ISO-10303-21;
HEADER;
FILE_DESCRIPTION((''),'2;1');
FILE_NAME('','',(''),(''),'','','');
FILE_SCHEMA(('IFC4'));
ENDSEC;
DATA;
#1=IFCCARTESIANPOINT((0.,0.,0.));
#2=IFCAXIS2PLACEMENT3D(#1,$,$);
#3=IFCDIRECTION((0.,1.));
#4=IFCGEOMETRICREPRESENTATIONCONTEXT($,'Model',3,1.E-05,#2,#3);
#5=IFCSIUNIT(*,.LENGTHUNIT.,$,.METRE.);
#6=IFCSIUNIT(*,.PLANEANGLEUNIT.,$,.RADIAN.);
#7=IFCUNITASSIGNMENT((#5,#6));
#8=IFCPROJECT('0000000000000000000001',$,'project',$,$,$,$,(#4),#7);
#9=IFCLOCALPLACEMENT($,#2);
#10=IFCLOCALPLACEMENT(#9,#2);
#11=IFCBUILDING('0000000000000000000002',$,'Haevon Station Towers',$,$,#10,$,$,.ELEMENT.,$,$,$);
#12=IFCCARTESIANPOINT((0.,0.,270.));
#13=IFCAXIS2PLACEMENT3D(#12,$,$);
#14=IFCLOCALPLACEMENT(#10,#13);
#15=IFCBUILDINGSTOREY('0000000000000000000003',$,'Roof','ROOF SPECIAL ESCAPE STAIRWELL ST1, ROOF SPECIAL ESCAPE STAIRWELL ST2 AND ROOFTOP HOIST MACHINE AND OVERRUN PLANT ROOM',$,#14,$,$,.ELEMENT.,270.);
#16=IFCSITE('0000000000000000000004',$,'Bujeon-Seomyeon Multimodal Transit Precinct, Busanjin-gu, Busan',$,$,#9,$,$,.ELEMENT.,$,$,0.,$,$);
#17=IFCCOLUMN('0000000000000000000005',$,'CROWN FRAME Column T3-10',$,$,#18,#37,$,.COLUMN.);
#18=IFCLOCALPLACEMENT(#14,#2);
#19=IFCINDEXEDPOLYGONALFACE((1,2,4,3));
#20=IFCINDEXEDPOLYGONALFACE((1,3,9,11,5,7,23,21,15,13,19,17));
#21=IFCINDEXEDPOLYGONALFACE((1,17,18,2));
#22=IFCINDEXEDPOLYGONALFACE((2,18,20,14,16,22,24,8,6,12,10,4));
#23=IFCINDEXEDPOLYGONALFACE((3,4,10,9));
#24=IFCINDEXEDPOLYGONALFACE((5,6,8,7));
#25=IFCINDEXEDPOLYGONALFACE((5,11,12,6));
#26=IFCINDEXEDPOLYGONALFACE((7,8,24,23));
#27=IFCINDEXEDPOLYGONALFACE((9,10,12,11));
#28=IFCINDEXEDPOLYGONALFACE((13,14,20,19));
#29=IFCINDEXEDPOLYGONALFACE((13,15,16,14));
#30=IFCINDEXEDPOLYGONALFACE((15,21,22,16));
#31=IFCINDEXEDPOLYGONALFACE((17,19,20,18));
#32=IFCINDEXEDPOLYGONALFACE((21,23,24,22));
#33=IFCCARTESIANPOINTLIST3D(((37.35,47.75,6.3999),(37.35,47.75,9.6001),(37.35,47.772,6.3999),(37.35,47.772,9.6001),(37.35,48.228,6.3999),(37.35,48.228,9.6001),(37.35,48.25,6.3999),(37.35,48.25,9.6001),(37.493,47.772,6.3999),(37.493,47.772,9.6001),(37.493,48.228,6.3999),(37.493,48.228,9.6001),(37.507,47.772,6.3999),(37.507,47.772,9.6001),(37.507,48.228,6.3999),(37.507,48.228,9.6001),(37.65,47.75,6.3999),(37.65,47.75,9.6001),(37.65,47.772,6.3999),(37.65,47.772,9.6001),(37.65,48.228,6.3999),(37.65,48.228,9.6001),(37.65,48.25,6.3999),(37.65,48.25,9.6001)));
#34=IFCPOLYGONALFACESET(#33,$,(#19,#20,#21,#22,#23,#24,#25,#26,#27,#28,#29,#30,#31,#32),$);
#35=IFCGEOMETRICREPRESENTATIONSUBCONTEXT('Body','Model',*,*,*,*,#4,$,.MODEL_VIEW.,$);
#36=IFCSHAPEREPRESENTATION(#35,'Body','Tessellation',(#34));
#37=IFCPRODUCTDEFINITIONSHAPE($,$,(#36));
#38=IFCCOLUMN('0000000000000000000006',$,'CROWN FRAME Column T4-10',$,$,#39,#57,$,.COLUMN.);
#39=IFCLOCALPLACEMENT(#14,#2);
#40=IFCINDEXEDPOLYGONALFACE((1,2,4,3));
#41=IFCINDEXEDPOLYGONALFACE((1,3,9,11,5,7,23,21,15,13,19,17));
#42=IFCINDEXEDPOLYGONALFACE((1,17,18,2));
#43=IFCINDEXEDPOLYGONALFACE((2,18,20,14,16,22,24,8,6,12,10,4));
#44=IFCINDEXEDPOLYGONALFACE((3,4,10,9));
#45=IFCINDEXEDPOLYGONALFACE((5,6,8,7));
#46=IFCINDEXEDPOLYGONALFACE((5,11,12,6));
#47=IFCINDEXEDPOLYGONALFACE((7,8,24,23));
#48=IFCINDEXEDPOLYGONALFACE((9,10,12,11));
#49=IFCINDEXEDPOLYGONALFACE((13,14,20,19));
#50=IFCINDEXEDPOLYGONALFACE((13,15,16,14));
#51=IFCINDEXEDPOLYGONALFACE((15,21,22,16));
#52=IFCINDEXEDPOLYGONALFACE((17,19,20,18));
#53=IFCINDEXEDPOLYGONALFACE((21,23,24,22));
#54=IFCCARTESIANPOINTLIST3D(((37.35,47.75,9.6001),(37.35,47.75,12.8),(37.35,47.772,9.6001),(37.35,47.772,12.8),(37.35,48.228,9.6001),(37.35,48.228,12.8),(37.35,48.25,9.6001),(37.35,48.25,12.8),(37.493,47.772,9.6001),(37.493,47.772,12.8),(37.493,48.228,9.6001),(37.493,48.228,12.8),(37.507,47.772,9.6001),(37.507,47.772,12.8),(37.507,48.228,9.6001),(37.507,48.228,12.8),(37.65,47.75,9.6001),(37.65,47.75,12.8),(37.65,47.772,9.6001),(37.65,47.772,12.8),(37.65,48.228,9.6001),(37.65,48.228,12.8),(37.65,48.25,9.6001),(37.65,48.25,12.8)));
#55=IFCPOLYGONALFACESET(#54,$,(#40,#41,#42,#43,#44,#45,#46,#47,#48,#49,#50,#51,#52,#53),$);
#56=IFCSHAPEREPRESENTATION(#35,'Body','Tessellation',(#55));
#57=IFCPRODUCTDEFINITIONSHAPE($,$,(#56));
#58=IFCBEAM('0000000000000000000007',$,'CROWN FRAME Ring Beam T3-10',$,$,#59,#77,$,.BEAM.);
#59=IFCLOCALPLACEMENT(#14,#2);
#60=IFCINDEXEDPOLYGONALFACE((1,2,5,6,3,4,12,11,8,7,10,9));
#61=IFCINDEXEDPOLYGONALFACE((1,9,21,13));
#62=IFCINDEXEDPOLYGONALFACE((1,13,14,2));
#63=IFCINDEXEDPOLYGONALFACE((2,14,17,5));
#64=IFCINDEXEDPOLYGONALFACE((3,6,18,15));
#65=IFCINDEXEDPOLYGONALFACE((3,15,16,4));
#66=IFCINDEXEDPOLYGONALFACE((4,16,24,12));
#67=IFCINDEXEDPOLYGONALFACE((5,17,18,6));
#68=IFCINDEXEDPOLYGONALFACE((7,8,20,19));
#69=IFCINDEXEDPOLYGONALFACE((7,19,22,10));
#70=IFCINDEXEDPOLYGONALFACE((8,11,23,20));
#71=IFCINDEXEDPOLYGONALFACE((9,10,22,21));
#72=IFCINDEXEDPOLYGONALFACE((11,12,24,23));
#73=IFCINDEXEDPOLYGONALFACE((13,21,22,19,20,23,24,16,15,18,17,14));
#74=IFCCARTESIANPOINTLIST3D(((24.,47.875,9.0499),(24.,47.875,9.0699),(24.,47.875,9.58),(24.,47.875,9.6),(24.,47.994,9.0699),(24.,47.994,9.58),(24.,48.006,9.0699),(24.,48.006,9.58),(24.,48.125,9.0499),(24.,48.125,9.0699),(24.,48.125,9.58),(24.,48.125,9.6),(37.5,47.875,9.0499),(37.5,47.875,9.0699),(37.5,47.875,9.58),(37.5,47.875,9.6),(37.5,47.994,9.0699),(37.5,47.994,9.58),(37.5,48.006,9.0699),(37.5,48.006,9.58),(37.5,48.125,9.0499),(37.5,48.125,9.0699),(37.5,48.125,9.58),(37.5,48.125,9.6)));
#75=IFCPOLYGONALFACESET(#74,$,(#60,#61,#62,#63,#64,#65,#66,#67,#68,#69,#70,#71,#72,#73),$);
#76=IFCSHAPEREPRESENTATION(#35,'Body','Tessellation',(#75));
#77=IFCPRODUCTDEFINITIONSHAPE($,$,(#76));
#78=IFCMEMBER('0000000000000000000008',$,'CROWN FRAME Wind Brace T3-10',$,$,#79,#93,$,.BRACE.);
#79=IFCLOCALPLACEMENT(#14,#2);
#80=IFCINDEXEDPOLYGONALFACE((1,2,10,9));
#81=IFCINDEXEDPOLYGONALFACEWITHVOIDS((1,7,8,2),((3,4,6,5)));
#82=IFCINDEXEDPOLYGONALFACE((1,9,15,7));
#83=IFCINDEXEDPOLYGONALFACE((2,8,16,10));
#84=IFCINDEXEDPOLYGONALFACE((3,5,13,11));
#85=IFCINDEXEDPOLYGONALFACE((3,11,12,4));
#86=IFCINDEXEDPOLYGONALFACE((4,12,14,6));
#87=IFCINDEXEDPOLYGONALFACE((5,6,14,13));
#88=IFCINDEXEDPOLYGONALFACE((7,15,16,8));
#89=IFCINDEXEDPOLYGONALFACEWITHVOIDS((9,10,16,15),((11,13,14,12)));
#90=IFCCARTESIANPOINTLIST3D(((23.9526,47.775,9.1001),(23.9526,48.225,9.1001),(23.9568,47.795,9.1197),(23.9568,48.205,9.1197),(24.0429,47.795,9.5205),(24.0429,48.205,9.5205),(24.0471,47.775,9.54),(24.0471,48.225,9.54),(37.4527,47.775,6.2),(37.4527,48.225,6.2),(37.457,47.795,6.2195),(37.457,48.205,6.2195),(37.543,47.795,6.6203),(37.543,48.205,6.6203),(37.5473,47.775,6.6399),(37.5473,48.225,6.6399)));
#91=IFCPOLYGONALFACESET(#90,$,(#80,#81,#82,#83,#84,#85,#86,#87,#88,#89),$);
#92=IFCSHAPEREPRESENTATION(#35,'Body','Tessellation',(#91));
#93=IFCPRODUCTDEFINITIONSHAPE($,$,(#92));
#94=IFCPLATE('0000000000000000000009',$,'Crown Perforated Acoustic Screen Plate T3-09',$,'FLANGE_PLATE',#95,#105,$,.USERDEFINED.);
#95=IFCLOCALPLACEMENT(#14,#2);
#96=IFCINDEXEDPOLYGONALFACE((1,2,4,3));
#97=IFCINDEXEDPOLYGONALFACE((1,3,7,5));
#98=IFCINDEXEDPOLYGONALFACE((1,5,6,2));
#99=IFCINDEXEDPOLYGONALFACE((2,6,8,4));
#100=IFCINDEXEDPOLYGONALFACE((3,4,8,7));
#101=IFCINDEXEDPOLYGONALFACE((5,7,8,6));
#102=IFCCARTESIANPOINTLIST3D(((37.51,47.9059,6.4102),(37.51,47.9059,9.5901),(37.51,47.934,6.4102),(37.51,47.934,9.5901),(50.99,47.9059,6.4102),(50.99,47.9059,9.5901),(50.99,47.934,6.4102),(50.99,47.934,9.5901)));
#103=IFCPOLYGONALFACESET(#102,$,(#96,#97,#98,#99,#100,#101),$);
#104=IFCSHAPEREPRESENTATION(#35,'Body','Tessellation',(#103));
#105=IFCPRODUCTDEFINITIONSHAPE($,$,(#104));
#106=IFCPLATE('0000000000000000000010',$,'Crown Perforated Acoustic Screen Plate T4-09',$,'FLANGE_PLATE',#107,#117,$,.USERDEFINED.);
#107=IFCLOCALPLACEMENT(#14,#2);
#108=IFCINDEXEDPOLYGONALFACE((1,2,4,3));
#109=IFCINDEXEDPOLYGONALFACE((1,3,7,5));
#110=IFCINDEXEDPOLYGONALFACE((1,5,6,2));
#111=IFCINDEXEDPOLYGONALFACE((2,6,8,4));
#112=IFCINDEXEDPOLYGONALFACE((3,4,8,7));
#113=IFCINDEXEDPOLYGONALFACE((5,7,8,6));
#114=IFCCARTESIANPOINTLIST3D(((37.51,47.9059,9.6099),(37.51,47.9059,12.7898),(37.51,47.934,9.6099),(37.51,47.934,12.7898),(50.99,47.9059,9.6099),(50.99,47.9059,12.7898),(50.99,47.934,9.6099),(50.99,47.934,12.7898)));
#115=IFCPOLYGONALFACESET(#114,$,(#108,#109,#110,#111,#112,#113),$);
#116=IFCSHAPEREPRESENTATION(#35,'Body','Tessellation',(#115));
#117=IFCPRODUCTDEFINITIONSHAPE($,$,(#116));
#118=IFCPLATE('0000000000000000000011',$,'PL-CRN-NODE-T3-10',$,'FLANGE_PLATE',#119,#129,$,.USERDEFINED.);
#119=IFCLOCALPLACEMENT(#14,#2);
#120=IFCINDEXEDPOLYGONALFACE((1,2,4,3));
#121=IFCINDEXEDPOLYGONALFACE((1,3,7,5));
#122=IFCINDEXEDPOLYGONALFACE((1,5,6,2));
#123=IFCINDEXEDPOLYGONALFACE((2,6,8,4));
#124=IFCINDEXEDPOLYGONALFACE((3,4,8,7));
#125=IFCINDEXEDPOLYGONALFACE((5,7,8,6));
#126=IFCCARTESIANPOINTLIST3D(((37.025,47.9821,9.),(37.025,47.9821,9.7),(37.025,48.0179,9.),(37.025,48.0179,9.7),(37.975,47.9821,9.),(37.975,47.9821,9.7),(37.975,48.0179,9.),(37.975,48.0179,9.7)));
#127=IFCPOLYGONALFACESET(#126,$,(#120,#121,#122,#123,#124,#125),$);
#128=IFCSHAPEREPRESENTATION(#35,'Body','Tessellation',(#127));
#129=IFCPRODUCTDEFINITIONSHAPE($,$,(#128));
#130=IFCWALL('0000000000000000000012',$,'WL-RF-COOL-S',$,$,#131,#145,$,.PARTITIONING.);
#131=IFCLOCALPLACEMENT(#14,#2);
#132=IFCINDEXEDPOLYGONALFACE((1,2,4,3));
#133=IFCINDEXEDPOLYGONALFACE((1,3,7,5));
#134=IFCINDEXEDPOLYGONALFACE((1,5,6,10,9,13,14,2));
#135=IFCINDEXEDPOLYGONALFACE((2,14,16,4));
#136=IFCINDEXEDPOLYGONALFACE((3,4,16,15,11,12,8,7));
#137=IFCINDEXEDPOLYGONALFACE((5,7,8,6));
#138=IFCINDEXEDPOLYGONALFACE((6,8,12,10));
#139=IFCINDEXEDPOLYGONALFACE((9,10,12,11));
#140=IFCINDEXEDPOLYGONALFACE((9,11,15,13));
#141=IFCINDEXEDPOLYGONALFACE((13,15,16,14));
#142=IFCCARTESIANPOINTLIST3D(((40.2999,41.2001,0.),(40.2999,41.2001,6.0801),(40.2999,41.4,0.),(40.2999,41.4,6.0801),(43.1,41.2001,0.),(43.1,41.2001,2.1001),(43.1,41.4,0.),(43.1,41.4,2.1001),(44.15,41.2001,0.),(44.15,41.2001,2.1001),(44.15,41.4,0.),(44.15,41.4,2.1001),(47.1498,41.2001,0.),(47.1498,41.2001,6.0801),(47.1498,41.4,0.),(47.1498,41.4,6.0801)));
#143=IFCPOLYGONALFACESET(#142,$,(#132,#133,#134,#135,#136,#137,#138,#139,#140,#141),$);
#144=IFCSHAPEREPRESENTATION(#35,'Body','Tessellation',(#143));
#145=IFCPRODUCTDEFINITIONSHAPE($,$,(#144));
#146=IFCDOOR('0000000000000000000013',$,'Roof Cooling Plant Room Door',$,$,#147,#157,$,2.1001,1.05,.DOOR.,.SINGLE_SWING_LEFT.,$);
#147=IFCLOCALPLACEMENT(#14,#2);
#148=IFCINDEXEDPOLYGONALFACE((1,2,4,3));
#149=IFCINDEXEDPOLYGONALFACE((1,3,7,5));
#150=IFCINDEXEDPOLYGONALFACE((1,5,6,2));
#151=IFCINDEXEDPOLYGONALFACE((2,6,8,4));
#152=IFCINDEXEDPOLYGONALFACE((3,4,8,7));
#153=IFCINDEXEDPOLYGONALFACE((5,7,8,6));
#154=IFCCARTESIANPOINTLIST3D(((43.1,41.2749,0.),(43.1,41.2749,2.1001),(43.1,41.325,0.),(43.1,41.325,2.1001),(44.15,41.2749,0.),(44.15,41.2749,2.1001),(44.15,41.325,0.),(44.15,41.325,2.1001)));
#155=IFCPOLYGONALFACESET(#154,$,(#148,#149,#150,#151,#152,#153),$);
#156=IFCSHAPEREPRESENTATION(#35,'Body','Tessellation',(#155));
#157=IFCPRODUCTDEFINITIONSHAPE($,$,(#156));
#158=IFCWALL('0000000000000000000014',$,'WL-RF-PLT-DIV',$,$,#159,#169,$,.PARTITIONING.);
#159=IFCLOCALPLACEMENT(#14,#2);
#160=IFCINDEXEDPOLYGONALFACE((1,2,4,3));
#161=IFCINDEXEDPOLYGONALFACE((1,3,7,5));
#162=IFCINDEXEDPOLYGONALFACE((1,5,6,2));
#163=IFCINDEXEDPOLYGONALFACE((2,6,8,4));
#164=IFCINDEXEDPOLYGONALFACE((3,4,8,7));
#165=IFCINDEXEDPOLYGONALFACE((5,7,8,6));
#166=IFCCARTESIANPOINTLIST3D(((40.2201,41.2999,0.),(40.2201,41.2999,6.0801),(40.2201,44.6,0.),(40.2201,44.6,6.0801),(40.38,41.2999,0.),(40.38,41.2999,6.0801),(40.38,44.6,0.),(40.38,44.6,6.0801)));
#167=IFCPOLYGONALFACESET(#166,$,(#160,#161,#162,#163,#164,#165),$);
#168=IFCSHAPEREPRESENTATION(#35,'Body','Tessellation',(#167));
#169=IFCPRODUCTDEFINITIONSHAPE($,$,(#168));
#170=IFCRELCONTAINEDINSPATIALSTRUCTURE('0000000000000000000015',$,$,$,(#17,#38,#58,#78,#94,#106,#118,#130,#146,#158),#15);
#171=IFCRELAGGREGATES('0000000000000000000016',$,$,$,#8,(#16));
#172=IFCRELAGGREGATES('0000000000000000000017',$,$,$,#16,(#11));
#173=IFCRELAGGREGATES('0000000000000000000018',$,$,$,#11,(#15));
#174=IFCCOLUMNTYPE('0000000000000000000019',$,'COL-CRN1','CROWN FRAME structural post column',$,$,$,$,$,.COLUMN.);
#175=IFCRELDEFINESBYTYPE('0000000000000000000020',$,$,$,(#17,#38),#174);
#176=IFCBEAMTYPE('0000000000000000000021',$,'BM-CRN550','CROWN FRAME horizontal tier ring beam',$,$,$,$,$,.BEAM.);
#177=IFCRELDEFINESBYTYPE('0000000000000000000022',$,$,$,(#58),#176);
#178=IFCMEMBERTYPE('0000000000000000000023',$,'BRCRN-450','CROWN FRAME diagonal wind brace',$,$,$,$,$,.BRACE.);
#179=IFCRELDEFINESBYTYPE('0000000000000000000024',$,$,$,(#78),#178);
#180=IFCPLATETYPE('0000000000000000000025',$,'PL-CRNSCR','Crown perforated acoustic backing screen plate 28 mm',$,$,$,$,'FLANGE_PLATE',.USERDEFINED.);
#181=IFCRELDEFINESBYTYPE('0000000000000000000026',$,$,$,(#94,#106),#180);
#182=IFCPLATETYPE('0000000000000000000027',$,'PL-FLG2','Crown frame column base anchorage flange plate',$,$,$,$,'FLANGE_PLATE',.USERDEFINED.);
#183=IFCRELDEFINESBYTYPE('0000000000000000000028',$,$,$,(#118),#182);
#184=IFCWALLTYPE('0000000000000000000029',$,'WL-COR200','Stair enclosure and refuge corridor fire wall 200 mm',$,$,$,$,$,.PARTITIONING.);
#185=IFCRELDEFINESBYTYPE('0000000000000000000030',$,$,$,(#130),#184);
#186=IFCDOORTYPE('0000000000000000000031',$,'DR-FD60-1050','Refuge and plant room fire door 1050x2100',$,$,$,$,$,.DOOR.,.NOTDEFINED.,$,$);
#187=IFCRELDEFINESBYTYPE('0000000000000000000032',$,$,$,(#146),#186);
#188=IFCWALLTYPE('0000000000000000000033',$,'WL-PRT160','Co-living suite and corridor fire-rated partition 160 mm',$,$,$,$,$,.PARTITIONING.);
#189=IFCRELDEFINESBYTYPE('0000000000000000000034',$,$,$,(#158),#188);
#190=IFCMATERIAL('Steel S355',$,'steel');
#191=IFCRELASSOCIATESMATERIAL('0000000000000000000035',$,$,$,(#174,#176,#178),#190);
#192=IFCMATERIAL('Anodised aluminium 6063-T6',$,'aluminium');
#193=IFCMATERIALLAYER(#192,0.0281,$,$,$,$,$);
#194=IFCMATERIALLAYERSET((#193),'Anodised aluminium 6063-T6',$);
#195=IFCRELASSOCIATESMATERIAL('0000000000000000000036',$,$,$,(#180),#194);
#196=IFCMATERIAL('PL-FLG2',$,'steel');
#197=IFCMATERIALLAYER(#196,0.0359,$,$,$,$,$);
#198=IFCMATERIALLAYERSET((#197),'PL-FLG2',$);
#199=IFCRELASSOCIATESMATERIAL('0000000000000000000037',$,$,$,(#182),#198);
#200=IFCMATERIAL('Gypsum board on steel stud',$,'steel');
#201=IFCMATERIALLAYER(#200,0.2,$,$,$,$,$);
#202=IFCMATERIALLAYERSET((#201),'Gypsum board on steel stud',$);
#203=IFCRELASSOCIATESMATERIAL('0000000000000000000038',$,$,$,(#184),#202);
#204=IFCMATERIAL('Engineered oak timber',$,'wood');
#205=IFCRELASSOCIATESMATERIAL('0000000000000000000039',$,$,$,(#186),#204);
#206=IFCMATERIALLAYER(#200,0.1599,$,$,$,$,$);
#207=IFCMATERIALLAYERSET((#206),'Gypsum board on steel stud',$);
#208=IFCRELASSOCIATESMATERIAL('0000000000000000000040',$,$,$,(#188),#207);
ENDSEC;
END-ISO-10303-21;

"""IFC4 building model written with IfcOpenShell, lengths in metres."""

from ifc_helpers import new_model, si_unit, direction, frame, frame_2d, origin, origin_2d, place, context, subcontext, project, spatial, rectangle, hollow_rectangle, i_section, extrude, material, layer, layer_set, material_profile, profile_set, type_object, element, fill, save


model = new_model("IFC4")

# Units and contexts
model_context = context("Model", 3, precision=1e-05, world=origin(), true_north=direction((0.0, 1.0)))
body_context = subcontext(model_context, "Body", "Model", "MODEL_VIEW")
ifc_project = project(units=[si_unit("LENGTHUNIT", "METRE"), si_unit("PLANEANGLEUNIT", "RADIAN")], contexts=[model_context])

# Site, building, storey
site_placement = place(None, origin())
site = spatial("IfcSite", under=ifc_project, at=site_placement, Name="Bujeon-Seomyeon Multimodal Transit Precinct, Busanjin-gu, Busan", CompositionType="ELEMENT", RefElevation=0.0)
building_placement = place(site_placement, origin())
building = spatial("IfcBuilding", under=site, at=building_placement, Name="Haevon Station Towers", CompositionType="ELEMENT")
storey_placement = place(building_placement, frame((0.0, 0.0, 270.0)))
storey = spatial("IfcBuildingStorey", under=building, at=storey_placement, Name="Roof", Description="ROOF SPECIAL ESCAPE STAIRWELL ST1, ROOF SPECIAL ESCAPE STAIRWELL ST2 AND ROOFTOP HOIST MACHINE AND OVERRUN PLANT ROOM", CompositionType="ELEMENT", Elevation=270.0)

# Columns
ifc_material_1 = material(Name="Steel S355", Category="steel")
ifc_material_profile_1 = material_profile(ifc_material_1, i_section(OverallWidth=0.3, OverallDepth=0.5, WebThickness=0.0139, FlangeThickness=0.022, at=origin_2d()), Name="H-500x300x14x22")
ifc_profile_set_1 = profile_set([ifc_material_profile_1], Name="Steel S355")
column_type = type_object("IfcColumnType", Name="COL-CRN1", Description="CROWN FRAME structural post column", PredefinedType="COLUMN", material=ifc_profile_set_1)
column_1_placement = place(storey_placement, frame((37.5, 48.0, 6.3999), z_axis=(0.0, 0.0, 1.0), x_axis=(1.0, 0.0, 0.0)))
element("IfcColumn", 1, at=column_1_placement, inside=storey, type_object=column_type, Name="CROWN FRAME Column T3-10", PredefinedType="COLUMN", context=body_context, shape_type="SweptSolid", body=[
    extrude(i_section(OverallWidth=0.3, OverallDepth=0.5, WebThickness=0.0139, FlangeThickness=0.022, at=origin_2d()), origin(), (0.0, 0.0, 1.0), 3.2002),
])
column_2_placement = place(storey_placement, frame((37.5, 48.0, 9.6001), z_axis=(0.0, 0.0, 1.0), x_axis=(1.0, 0.0, 0.0)))
element("IfcColumn", 2, at=column_2_placement, inside=storey, type_object=column_type, Name="CROWN FRAME Column T4-10", PredefinedType="COLUMN", context=body_context, shape_type="SweptSolid", body=[
    extrude(i_section(OverallWidth=0.3, OverallDepth=0.5, WebThickness=0.0139, FlangeThickness=0.022, at=origin_2d()), origin(), (0.0, 0.0, 1.0), 3.2),
])

# Beam
ifc_material_profile_2 = material_profile(ifc_material_1, i_section(OverallWidth=0.25, OverallDepth=0.55, WebThickness=0.012, FlangeThickness=0.02, at=origin_2d()), Name="H-550x250x12x20")
ifc_profile_set_2 = profile_set([ifc_material_profile_2], Name="Steel S355")
beam_type = type_object("IfcBeamType", Name="BM-CRN550", Description="CROWN FRAME horizontal tier ring beam", PredefinedType="BEAM", material=ifc_profile_set_2)
beam_placement = place(storey_placement, frame((37.5, 48.0, 9.325), z_axis=(-1.0, 0.0, 0.0), x_axis=(0.0, -1.0, 0.0)))
element("IfcBeam", 3, at=beam_placement, inside=storey, type_object=beam_type, Name="CROWN FRAME Ring Beam T3-10", PredefinedType="BEAM", context=body_context, shape_type="SweptSolid", body=[
    extrude(i_section(OverallWidth=0.25, OverallDepth=0.55, WebThickness=0.012, FlangeThickness=0.02, at=origin_2d()), origin(), (0.0, 0.0, 1.0), 13.5),
])

# Member
ifc_material_profile_3 = material_profile(ifc_material_1, hollow_rectangle(XDim=0.45, YDim=0.45, WallThickness=0.02, at=origin_2d()), Name="RHS-450x450x20")
ifc_profile_set_3 = profile_set([ifc_material_profile_3], Name="Steel S355")
member_type = type_object("IfcMemberType", Name="BRCRN-450", Description="CROWN FRAME diagonal wind brace", PredefinedType="BRACE", material=ifc_profile_set_3)
member_placement = place(storey_placement, frame((37.5, 48.0, 6.4199), z_axis=(-0.977694, 0.0, 0.210034), x_axis=(0.0, -1.0, 0.0)))
element("IfcMember", 4, at=member_placement, inside=storey, type_object=member_type, Name="CROWN FRAME Wind Brace T3-10", PredefinedType="BRACE", context=body_context, shape_type="SweptSolid", body=[
    extrude(hollow_rectangle(XDim=0.45, YDim=0.45, WallThickness=0.02, at=origin_2d()), origin(), (0.0, 0.0, 1.0), 13.8081),
])

# Plates
ifc_material_2 = material(Name="Anodised aluminium 6063-T6", Category="aluminium")
ifc_layer_1 = layer(ifc_material_2, 0.0281)
ifc_layer_set_1 = layer_set([ifc_layer_1], Name="Anodised aluminium 6063-T6")
plate_type_1 = type_object("IfcPlateType", Name="PL-CRNSCR", Description="Crown perforated acoustic backing screen plate 28 mm", ElementType="FLANGE_PLATE", PredefinedType="USERDEFINED", material=ifc_layer_set_1)
for number, where, z_axis, x_axis, name in (
    (5, (44.25, 47.9199, 6.4102), (0.0, 0.0, 1.0), (-1.0, 0.0, 0.0), "Crown Perforated Acoustic Screen Plate T3-09"),
    (6, (44.25, 47.9199, 9.6099), (0.0, 0.0, 1.0), (-1.0, 0.0, 0.0), "Crown Perforated Acoustic Screen Plate T4-09"),
):
    element("IfcPlate", number, at=place(storey_placement, frame(where, z_axis=z_axis, x_axis=x_axis)), inside=storey, type_object=plate_type_1, Name=name, ObjectType="FLANGE_PLATE", PredefinedType="USERDEFINED", context=body_context, shape_type="SweptSolid", body=[
        extrude(rectangle(XDim=13.48, YDim=0.0281, at=origin_2d()), origin(), (0.0, 0.0, 1.0), 3.1799),
    ])
ifc_material_3 = material(Name="PL-FLG2", Category="steel")
ifc_layer_2 = layer(ifc_material_3, 0.0359)
ifc_layer_set_2 = layer_set([ifc_layer_2], Name="PL-FLG2")
plate_type_2 = type_object("IfcPlateType", Name="PL-FLG2", Description="Crown frame column base anchorage flange plate", ElementType="FLANGE_PLATE", PredefinedType="USERDEFINED", material=ifc_layer_set_2)
plate_placement = place(storey_placement, frame((37.5, 48.0, 9.0), z_axis=(0.0, 0.0, 1.0), x_axis=(-1.0, 0.0, 0.0)))
element("IfcPlate", 7, at=plate_placement, inside=storey, type_object=plate_type_2, Name="PL-CRN-NODE-T3-10", ObjectType="FLANGE_PLATE", PredefinedType="USERDEFINED", context=body_context, shape_type="SweptSolid", body=[
    extrude(rectangle(XDim=0.95, YDim=0.0359, at=origin_2d()), origin(), (0.0, 0.0, 1.0), 0.7),
])

# Wall, opening, door
ifc_material_4 = material(Name="Gypsum board on steel stud", Category="steel")
ifc_layer_3 = layer(ifc_material_4, 0.2)
ifc_layer_set_3 = layer_set([ifc_layer_3], Name="Gypsum board on steel stud")
wall_type_1 = type_object("IfcWallType", Name="WL-COR200", Description="Stair enclosure and refuge corridor fire wall 200 mm", PredefinedType="PARTITIONING", material=ifc_layer_set_3)
wall_1_placement = place(storey_placement, frame((40.3, 41.3, 0.0), z_axis=(0.0, 0.0, 1.0), x_axis=(1.0, 0.0, 0.0)))
wall_1 = element("IfcWall", 8, at=wall_1_placement, inside=storey, type_object=wall_type_1, Name="WL-RF-COOL-S", PredefinedType="PARTITIONING", context=body_context, shape_type="SweptSolid", body=[
    extrude(rectangle(XDim=6.8499, YDim=0.2, at=frame_2d((3.4248, 0.0))), origin(), (0.0, 0.0, 1.0), 6.0801),
])
opening_placement = place(wall_1_placement, frame((2.8, 0.0, 0.0)))
opening = element("IfcOpeningElement", 9, at=opening_placement, cuts=wall_1, PredefinedType="OPENING", context=body_context, shape_type="SweptSolid", body=[
    extrude(rectangle(XDim=1.05, YDim=2.1001, at=frame_2d((0.5249, 1.05))), frame((0.0, 0.1099, 0.0), z_axis=(0.0, -1.0, 0.0), x_axis=(1.0, 0.0, 0.0)), (0.0, 0.0, 1.0), 0.22),
])
ifc_material_5 = material(Name="Engineered oak timber", Category="wood")
door_type = type_object("IfcDoorType", Name="DR-FD60-1050", Description="Refuge and plant room fire door 1050x2100", OperationType="NOTDEFINED", PredefinedType="DOOR", material=ifc_material_5)
door_placement = place(opening_placement, origin())
door = element("IfcDoor", 10, at=door_placement, inside=storey, type_object=door_type, Name="Roof Cooling Plant Room Door", OperationType="SINGLE_SWING_LEFT", OverallHeight=2.1001, OverallWidth=1.05, PredefinedType="DOOR", context=body_context, shape_type="SweptSolid", body=[
    extrude(rectangle(XDim=1.05, YDim=2.1001, at=frame_2d((0.5249, 1.05))), frame((0.0, 0.0249, 0.0), z_axis=(0.0, -1.0, 0.0), x_axis=(1.0, 0.0, 0.0)), (0.0, 0.0, 1.0), 0.05),
])
fill(opening, door)

# Wall
ifc_layer_4 = layer(ifc_material_4, 0.1599)
ifc_layer_set_4 = layer_set([ifc_layer_4], Name="Gypsum board on steel stud")
wall_type_2 = type_object("IfcWallType", Name="WL-PRT160", Description="Co-living suite and corridor fire-rated partition 160 mm", PredefinedType="PARTITIONING", material=ifc_layer_set_4)
wall_2_placement = place(storey_placement, frame((40.3, 41.3, 0.0), z_axis=(0.0, 0.0, 1.0), x_axis=(0.0, 1.0, 0.0)))
element("IfcWall", 11, at=wall_2_placement, inside=storey, type_object=wall_type_2, Name="WL-RF-PLT-DIV", PredefinedType="PARTITIONING", context=body_context, shape_type="SweptSolid", body=[
    extrude(rectangle(XDim=3.3, YDim=0.1599, at=frame_2d((1.6499, 0.0))), origin(), (0.0, 0.0, 1.0), 6.0801),
])

save(model, "model.ifc")
